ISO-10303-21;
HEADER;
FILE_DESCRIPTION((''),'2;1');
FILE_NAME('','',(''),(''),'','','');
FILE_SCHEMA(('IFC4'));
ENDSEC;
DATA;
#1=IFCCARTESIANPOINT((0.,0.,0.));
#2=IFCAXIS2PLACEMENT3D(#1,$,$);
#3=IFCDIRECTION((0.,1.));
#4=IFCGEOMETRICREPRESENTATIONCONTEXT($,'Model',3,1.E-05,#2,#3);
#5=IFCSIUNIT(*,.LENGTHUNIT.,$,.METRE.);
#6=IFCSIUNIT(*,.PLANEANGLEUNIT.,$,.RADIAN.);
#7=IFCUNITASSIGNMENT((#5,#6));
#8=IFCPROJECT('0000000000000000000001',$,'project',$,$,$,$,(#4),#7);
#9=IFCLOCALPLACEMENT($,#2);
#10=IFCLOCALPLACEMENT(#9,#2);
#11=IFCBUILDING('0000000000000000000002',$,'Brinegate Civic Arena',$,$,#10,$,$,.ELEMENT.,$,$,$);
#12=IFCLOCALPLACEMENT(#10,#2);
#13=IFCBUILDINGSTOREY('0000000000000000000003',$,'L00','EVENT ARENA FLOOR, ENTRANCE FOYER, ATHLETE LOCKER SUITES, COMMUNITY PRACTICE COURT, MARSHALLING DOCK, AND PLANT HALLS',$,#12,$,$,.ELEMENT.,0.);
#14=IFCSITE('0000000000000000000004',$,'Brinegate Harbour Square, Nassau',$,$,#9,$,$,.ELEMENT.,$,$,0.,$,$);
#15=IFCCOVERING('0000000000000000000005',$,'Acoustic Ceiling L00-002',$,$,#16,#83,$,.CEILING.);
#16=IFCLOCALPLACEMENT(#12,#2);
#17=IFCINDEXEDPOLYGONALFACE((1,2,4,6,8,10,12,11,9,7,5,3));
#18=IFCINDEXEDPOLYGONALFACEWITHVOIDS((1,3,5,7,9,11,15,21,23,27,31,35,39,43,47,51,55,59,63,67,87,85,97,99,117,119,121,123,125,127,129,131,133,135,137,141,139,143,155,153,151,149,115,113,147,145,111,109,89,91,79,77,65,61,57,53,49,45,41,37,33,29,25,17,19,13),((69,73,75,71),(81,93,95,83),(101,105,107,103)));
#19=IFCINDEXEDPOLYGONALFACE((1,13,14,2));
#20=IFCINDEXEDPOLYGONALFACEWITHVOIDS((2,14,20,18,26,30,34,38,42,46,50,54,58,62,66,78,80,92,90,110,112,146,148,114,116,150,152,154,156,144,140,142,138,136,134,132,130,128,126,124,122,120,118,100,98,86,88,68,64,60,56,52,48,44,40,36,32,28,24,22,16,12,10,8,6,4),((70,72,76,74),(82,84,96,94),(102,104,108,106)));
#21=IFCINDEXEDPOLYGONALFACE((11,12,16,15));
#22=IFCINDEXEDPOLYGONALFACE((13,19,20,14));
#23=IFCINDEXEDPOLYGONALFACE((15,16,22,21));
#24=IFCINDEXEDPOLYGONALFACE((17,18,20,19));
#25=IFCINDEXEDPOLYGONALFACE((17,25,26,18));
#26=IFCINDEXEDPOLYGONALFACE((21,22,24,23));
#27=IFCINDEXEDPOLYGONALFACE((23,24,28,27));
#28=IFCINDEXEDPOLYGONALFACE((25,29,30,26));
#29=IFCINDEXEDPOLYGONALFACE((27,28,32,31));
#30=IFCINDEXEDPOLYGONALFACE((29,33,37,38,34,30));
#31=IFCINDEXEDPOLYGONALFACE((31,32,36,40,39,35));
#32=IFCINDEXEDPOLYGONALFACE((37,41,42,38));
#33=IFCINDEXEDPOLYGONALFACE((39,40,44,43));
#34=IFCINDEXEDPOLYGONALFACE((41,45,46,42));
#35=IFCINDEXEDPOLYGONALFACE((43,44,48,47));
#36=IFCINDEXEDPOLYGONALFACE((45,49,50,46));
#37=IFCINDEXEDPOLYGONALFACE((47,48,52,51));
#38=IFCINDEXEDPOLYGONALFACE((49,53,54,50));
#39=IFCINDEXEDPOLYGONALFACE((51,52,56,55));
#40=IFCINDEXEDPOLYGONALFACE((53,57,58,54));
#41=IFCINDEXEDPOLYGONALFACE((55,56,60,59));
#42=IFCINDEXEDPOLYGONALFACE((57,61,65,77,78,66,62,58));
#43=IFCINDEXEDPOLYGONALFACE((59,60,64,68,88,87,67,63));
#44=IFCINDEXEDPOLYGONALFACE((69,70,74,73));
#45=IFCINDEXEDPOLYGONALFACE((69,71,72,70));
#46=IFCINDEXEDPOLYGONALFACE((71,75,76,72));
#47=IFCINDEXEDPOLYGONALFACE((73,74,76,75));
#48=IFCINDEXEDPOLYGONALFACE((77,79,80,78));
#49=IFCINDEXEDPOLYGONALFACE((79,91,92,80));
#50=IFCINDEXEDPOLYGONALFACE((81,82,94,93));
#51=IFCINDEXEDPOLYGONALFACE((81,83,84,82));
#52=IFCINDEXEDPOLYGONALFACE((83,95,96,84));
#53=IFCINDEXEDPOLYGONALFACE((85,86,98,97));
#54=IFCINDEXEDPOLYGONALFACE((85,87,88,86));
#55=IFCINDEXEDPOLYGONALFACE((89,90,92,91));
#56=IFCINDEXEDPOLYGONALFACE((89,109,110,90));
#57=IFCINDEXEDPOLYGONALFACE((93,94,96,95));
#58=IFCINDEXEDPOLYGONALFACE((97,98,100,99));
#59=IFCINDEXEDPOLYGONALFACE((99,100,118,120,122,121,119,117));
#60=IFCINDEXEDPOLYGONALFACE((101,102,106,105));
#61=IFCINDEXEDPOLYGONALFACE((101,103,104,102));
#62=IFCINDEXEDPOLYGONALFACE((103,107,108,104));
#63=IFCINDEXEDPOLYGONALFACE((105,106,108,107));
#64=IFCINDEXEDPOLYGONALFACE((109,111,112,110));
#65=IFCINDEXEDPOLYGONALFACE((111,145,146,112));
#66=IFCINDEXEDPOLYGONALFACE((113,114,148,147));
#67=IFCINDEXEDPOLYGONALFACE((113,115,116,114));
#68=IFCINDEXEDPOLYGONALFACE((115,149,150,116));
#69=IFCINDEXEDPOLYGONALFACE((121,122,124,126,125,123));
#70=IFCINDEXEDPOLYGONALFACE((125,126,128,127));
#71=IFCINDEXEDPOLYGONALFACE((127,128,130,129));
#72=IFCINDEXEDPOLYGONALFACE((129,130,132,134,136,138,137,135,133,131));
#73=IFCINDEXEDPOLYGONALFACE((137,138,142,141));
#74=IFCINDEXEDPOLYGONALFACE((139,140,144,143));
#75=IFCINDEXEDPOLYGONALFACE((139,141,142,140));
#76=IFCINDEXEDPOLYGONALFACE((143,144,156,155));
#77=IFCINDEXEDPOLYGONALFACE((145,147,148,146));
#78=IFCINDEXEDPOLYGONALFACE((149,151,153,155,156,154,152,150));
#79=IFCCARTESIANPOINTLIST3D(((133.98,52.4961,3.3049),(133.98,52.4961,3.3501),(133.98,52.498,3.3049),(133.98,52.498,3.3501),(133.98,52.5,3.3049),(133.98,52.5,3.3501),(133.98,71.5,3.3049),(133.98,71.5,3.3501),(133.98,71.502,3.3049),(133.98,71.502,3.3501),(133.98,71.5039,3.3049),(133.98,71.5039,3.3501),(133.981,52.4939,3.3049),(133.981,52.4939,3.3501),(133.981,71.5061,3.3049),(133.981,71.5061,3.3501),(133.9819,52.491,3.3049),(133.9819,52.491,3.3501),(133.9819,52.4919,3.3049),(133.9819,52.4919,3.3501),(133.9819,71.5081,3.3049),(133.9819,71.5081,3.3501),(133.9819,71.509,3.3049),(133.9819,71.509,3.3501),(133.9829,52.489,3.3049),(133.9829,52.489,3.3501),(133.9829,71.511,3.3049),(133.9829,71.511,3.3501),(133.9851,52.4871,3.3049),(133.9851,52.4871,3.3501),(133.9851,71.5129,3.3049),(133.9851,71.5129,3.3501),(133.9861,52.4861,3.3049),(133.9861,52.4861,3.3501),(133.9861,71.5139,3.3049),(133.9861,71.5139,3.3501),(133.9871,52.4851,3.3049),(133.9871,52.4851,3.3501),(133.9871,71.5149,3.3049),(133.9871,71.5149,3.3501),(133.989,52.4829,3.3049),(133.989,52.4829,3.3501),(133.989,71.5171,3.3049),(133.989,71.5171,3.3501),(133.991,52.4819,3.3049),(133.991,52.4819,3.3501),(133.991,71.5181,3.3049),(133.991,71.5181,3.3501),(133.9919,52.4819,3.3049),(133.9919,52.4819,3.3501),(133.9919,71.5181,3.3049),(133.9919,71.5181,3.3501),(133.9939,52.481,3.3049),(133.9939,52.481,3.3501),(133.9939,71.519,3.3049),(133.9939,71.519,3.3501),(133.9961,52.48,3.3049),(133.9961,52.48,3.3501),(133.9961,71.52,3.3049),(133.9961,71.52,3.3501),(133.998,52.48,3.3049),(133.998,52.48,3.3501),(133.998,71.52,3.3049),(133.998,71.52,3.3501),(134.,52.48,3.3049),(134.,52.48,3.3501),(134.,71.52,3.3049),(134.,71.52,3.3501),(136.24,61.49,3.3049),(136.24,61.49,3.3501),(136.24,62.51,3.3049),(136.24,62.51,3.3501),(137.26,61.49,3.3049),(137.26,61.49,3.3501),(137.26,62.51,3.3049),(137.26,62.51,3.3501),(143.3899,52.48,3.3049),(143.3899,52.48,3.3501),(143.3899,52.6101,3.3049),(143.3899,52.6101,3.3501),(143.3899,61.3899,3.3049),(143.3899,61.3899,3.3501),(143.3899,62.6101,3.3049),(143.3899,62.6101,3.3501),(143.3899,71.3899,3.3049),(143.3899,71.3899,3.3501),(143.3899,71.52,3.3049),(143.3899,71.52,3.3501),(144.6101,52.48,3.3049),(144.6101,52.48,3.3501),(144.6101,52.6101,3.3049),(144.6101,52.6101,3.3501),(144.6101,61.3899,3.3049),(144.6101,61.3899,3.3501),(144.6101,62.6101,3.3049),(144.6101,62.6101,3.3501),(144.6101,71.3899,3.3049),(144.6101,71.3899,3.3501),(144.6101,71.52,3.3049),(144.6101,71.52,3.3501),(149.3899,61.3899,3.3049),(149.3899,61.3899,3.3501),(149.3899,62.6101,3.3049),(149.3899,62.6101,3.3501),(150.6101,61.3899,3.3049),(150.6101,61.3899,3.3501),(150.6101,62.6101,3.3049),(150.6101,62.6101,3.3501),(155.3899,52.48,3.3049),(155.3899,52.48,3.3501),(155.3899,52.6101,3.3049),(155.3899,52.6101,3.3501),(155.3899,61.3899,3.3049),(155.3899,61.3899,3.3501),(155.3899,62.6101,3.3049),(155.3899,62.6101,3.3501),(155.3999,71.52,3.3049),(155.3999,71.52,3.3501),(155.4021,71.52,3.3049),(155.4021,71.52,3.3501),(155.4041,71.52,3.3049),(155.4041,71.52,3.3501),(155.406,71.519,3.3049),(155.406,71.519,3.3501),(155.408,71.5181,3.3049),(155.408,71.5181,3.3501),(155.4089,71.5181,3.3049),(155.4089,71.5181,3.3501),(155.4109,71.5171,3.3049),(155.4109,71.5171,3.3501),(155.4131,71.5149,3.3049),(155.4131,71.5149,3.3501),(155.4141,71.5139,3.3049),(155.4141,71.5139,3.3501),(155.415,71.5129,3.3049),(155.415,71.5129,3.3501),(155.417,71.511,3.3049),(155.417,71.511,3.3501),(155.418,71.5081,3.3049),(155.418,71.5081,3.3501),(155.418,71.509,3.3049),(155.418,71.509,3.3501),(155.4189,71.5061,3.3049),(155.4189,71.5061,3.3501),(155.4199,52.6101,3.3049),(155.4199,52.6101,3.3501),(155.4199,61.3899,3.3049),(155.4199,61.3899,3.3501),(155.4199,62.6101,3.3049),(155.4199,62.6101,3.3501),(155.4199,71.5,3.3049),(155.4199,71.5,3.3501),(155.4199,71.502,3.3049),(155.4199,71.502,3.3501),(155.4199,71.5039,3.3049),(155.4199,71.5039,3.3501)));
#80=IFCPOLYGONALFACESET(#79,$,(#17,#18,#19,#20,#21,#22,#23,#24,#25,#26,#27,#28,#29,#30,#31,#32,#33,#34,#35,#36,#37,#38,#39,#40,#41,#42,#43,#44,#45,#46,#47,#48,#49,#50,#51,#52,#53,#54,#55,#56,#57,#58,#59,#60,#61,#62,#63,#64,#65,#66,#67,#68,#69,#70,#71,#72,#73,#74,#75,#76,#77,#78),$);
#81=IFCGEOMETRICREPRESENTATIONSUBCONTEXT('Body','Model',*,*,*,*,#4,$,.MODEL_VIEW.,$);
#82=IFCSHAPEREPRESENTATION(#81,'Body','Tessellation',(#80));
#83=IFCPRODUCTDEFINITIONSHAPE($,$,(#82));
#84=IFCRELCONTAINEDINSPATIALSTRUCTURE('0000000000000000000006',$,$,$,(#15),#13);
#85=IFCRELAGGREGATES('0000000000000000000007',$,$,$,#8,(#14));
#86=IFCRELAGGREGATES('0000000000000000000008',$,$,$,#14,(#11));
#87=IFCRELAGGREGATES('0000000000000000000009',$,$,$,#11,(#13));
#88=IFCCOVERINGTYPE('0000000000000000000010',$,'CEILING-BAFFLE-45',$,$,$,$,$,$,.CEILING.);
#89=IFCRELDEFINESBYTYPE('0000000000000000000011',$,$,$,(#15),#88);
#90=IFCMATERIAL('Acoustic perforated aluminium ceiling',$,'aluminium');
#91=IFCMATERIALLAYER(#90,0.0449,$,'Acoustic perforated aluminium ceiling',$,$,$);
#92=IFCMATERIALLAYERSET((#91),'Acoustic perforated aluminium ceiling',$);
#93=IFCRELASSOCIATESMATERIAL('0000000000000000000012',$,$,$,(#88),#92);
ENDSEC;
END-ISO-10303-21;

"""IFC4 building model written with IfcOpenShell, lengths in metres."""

from ifc_helpers import new_model, si_unit, direction, frame, origin, place, context, subcontext, project, spatial, polyline, outline, extrude, material, layer, layer_set, type_object, element, save


model = new_model("IFC4")

# Units and contexts
model_context = context("Model", 3, precision=1e-05, world=origin(), true_north=direction((0.0, 1.0)))
body_context = subcontext(model_context, "Body", "Model", "MODEL_VIEW")
ifc_project = project(units=[si_unit("LENGTHUNIT", "METRE"), si_unit("PLANEANGLEUNIT", "RADIAN")], contexts=[model_context])

# Site, building, storey
site_placement = place(None, origin())
site = spatial("IfcSite", under=ifc_project, at=site_placement, Name="Brinegate Harbour Square, Nassau", CompositionType="ELEMENT", RefElevation=0.0)
building_placement = place(site_placement, origin())
building = spatial("IfcBuilding", under=site, at=building_placement, Name="Brinegate Civic Arena", CompositionType="ELEMENT")
storey_placement = place(building_placement, origin())
storey = spatial("IfcBuildingStorey", under=building, at=storey_placement, Name="L00", Description="EVENT ARENA FLOOR, ENTRANCE FOYER, ATHLETE LOCKER SUITES, COMMUNITY PRACTICE COURT, MARSHALLING DOCK, AND PLANT HALLS", CompositionType="ELEMENT", Elevation=0.0)

# Covering
ifc_material_1 = material(Name="Acoustic perforated aluminium ceiling", Category="aluminium")
ifc_layer_1 = layer(ifc_material_1, 0.0449, Name="Acoustic perforated aluminium ceiling")
ifc_layer_set_1 = layer_set([ifc_layer_1], Name="Acoustic perforated aluminium ceiling")
covering_type_1 = type_object("IfcCoveringType", Name="CEILING-BAFFLE-45", PredefinedType="CEILING", material=ifc_layer_set_1)
covering_1_placement = place(storey_placement, frame((0.0, 0.0, 3.3049)))
element("IfcCovering", 1, at=covering_1_placement, inside=storey, type_object=covering_type_1, Name="Acoustic Ceiling L00-002", PredefinedType="CEILING", context=body_context, shape_type="SweptSolid", body=[
    extrude(outline(polyline([(155.4041, 71.52), (155.406, 71.519), (155.408, 71.5181), (155.4089, 71.5181), (155.4109, 71.5171), (155.4131, 71.5149), (155.4141, 71.5139), (155.415, 71.5129), (155.417, 71.511), (155.418, 71.509), (155.418, 71.5081), (155.4189, 71.5061), (155.4199, 71.5039), (155.4199, 71.502), (155.4199, 71.5), (155.4199, 62.6101), (155.3899, 62.6101), (155.3899, 61.3899), (155.4199, 61.3899), (155.4199, 52.6101), (155.3899, 52.6101), (155.3899, 52.48), (144.6101, 52.48), (144.6101, 52.6101), (143.3899, 52.6101), (143.3899, 52.48), (134.0, 52.48), (133.998, 52.48), (133.9961, 52.48), (133.9939, 52.481), (133.9919, 52.4819), (133.991, 52.4819), (133.989, 52.4829), (133.9871, 52.4851), (133.9861, 52.4861), (133.9851, 52.4871), (133.9829, 52.489), (133.9819, 52.491), (133.9819, 52.4919), (133.981, 52.4939), (133.98, 52.4961), (133.98, 52.498), (133.98, 52.5), (133.98, 71.5), (133.98, 71.502), (133.98, 71.5039), (133.981, 71.5061), (133.9819, 71.5081), (133.9819, 71.509), (133.9829, 71.511), (133.9851, 71.5129), (133.9861, 71.5139), (133.9871, 71.5149), (133.989, 71.5171), (133.991, 71.5181), (133.9919, 71.5181), (133.9939, 71.519), (133.9961, 71.52), (133.998, 71.52), (134.0, 71.52), (143.3899, 71.52), (143.3899, 71.3899), (144.6101, 71.3899), (144.6101, 71.52), (155.3999, 71.52), (155.4021, 71.52), (155.4041, 71.52)]), holes=[polyline([(137.26, 62.51), (136.24, 62.51), (136.24, 61.49), (137.26, 61.49), (137.26, 62.51)]), polyline([(144.6101, 62.6101), (143.3899, 62.6101), (143.3899, 61.3899), (144.6101, 61.3899), (144.6101, 62.6101)]), polyline([(150.6101, 62.6101), (149.3899, 62.6101), (149.3899, 61.3899), (150.6101, 61.3899), (150.6101, 62.6101)])]), origin(), (0.0, 0.0, 1.0), 0.0452),
])

save(model, "model.ifc")
